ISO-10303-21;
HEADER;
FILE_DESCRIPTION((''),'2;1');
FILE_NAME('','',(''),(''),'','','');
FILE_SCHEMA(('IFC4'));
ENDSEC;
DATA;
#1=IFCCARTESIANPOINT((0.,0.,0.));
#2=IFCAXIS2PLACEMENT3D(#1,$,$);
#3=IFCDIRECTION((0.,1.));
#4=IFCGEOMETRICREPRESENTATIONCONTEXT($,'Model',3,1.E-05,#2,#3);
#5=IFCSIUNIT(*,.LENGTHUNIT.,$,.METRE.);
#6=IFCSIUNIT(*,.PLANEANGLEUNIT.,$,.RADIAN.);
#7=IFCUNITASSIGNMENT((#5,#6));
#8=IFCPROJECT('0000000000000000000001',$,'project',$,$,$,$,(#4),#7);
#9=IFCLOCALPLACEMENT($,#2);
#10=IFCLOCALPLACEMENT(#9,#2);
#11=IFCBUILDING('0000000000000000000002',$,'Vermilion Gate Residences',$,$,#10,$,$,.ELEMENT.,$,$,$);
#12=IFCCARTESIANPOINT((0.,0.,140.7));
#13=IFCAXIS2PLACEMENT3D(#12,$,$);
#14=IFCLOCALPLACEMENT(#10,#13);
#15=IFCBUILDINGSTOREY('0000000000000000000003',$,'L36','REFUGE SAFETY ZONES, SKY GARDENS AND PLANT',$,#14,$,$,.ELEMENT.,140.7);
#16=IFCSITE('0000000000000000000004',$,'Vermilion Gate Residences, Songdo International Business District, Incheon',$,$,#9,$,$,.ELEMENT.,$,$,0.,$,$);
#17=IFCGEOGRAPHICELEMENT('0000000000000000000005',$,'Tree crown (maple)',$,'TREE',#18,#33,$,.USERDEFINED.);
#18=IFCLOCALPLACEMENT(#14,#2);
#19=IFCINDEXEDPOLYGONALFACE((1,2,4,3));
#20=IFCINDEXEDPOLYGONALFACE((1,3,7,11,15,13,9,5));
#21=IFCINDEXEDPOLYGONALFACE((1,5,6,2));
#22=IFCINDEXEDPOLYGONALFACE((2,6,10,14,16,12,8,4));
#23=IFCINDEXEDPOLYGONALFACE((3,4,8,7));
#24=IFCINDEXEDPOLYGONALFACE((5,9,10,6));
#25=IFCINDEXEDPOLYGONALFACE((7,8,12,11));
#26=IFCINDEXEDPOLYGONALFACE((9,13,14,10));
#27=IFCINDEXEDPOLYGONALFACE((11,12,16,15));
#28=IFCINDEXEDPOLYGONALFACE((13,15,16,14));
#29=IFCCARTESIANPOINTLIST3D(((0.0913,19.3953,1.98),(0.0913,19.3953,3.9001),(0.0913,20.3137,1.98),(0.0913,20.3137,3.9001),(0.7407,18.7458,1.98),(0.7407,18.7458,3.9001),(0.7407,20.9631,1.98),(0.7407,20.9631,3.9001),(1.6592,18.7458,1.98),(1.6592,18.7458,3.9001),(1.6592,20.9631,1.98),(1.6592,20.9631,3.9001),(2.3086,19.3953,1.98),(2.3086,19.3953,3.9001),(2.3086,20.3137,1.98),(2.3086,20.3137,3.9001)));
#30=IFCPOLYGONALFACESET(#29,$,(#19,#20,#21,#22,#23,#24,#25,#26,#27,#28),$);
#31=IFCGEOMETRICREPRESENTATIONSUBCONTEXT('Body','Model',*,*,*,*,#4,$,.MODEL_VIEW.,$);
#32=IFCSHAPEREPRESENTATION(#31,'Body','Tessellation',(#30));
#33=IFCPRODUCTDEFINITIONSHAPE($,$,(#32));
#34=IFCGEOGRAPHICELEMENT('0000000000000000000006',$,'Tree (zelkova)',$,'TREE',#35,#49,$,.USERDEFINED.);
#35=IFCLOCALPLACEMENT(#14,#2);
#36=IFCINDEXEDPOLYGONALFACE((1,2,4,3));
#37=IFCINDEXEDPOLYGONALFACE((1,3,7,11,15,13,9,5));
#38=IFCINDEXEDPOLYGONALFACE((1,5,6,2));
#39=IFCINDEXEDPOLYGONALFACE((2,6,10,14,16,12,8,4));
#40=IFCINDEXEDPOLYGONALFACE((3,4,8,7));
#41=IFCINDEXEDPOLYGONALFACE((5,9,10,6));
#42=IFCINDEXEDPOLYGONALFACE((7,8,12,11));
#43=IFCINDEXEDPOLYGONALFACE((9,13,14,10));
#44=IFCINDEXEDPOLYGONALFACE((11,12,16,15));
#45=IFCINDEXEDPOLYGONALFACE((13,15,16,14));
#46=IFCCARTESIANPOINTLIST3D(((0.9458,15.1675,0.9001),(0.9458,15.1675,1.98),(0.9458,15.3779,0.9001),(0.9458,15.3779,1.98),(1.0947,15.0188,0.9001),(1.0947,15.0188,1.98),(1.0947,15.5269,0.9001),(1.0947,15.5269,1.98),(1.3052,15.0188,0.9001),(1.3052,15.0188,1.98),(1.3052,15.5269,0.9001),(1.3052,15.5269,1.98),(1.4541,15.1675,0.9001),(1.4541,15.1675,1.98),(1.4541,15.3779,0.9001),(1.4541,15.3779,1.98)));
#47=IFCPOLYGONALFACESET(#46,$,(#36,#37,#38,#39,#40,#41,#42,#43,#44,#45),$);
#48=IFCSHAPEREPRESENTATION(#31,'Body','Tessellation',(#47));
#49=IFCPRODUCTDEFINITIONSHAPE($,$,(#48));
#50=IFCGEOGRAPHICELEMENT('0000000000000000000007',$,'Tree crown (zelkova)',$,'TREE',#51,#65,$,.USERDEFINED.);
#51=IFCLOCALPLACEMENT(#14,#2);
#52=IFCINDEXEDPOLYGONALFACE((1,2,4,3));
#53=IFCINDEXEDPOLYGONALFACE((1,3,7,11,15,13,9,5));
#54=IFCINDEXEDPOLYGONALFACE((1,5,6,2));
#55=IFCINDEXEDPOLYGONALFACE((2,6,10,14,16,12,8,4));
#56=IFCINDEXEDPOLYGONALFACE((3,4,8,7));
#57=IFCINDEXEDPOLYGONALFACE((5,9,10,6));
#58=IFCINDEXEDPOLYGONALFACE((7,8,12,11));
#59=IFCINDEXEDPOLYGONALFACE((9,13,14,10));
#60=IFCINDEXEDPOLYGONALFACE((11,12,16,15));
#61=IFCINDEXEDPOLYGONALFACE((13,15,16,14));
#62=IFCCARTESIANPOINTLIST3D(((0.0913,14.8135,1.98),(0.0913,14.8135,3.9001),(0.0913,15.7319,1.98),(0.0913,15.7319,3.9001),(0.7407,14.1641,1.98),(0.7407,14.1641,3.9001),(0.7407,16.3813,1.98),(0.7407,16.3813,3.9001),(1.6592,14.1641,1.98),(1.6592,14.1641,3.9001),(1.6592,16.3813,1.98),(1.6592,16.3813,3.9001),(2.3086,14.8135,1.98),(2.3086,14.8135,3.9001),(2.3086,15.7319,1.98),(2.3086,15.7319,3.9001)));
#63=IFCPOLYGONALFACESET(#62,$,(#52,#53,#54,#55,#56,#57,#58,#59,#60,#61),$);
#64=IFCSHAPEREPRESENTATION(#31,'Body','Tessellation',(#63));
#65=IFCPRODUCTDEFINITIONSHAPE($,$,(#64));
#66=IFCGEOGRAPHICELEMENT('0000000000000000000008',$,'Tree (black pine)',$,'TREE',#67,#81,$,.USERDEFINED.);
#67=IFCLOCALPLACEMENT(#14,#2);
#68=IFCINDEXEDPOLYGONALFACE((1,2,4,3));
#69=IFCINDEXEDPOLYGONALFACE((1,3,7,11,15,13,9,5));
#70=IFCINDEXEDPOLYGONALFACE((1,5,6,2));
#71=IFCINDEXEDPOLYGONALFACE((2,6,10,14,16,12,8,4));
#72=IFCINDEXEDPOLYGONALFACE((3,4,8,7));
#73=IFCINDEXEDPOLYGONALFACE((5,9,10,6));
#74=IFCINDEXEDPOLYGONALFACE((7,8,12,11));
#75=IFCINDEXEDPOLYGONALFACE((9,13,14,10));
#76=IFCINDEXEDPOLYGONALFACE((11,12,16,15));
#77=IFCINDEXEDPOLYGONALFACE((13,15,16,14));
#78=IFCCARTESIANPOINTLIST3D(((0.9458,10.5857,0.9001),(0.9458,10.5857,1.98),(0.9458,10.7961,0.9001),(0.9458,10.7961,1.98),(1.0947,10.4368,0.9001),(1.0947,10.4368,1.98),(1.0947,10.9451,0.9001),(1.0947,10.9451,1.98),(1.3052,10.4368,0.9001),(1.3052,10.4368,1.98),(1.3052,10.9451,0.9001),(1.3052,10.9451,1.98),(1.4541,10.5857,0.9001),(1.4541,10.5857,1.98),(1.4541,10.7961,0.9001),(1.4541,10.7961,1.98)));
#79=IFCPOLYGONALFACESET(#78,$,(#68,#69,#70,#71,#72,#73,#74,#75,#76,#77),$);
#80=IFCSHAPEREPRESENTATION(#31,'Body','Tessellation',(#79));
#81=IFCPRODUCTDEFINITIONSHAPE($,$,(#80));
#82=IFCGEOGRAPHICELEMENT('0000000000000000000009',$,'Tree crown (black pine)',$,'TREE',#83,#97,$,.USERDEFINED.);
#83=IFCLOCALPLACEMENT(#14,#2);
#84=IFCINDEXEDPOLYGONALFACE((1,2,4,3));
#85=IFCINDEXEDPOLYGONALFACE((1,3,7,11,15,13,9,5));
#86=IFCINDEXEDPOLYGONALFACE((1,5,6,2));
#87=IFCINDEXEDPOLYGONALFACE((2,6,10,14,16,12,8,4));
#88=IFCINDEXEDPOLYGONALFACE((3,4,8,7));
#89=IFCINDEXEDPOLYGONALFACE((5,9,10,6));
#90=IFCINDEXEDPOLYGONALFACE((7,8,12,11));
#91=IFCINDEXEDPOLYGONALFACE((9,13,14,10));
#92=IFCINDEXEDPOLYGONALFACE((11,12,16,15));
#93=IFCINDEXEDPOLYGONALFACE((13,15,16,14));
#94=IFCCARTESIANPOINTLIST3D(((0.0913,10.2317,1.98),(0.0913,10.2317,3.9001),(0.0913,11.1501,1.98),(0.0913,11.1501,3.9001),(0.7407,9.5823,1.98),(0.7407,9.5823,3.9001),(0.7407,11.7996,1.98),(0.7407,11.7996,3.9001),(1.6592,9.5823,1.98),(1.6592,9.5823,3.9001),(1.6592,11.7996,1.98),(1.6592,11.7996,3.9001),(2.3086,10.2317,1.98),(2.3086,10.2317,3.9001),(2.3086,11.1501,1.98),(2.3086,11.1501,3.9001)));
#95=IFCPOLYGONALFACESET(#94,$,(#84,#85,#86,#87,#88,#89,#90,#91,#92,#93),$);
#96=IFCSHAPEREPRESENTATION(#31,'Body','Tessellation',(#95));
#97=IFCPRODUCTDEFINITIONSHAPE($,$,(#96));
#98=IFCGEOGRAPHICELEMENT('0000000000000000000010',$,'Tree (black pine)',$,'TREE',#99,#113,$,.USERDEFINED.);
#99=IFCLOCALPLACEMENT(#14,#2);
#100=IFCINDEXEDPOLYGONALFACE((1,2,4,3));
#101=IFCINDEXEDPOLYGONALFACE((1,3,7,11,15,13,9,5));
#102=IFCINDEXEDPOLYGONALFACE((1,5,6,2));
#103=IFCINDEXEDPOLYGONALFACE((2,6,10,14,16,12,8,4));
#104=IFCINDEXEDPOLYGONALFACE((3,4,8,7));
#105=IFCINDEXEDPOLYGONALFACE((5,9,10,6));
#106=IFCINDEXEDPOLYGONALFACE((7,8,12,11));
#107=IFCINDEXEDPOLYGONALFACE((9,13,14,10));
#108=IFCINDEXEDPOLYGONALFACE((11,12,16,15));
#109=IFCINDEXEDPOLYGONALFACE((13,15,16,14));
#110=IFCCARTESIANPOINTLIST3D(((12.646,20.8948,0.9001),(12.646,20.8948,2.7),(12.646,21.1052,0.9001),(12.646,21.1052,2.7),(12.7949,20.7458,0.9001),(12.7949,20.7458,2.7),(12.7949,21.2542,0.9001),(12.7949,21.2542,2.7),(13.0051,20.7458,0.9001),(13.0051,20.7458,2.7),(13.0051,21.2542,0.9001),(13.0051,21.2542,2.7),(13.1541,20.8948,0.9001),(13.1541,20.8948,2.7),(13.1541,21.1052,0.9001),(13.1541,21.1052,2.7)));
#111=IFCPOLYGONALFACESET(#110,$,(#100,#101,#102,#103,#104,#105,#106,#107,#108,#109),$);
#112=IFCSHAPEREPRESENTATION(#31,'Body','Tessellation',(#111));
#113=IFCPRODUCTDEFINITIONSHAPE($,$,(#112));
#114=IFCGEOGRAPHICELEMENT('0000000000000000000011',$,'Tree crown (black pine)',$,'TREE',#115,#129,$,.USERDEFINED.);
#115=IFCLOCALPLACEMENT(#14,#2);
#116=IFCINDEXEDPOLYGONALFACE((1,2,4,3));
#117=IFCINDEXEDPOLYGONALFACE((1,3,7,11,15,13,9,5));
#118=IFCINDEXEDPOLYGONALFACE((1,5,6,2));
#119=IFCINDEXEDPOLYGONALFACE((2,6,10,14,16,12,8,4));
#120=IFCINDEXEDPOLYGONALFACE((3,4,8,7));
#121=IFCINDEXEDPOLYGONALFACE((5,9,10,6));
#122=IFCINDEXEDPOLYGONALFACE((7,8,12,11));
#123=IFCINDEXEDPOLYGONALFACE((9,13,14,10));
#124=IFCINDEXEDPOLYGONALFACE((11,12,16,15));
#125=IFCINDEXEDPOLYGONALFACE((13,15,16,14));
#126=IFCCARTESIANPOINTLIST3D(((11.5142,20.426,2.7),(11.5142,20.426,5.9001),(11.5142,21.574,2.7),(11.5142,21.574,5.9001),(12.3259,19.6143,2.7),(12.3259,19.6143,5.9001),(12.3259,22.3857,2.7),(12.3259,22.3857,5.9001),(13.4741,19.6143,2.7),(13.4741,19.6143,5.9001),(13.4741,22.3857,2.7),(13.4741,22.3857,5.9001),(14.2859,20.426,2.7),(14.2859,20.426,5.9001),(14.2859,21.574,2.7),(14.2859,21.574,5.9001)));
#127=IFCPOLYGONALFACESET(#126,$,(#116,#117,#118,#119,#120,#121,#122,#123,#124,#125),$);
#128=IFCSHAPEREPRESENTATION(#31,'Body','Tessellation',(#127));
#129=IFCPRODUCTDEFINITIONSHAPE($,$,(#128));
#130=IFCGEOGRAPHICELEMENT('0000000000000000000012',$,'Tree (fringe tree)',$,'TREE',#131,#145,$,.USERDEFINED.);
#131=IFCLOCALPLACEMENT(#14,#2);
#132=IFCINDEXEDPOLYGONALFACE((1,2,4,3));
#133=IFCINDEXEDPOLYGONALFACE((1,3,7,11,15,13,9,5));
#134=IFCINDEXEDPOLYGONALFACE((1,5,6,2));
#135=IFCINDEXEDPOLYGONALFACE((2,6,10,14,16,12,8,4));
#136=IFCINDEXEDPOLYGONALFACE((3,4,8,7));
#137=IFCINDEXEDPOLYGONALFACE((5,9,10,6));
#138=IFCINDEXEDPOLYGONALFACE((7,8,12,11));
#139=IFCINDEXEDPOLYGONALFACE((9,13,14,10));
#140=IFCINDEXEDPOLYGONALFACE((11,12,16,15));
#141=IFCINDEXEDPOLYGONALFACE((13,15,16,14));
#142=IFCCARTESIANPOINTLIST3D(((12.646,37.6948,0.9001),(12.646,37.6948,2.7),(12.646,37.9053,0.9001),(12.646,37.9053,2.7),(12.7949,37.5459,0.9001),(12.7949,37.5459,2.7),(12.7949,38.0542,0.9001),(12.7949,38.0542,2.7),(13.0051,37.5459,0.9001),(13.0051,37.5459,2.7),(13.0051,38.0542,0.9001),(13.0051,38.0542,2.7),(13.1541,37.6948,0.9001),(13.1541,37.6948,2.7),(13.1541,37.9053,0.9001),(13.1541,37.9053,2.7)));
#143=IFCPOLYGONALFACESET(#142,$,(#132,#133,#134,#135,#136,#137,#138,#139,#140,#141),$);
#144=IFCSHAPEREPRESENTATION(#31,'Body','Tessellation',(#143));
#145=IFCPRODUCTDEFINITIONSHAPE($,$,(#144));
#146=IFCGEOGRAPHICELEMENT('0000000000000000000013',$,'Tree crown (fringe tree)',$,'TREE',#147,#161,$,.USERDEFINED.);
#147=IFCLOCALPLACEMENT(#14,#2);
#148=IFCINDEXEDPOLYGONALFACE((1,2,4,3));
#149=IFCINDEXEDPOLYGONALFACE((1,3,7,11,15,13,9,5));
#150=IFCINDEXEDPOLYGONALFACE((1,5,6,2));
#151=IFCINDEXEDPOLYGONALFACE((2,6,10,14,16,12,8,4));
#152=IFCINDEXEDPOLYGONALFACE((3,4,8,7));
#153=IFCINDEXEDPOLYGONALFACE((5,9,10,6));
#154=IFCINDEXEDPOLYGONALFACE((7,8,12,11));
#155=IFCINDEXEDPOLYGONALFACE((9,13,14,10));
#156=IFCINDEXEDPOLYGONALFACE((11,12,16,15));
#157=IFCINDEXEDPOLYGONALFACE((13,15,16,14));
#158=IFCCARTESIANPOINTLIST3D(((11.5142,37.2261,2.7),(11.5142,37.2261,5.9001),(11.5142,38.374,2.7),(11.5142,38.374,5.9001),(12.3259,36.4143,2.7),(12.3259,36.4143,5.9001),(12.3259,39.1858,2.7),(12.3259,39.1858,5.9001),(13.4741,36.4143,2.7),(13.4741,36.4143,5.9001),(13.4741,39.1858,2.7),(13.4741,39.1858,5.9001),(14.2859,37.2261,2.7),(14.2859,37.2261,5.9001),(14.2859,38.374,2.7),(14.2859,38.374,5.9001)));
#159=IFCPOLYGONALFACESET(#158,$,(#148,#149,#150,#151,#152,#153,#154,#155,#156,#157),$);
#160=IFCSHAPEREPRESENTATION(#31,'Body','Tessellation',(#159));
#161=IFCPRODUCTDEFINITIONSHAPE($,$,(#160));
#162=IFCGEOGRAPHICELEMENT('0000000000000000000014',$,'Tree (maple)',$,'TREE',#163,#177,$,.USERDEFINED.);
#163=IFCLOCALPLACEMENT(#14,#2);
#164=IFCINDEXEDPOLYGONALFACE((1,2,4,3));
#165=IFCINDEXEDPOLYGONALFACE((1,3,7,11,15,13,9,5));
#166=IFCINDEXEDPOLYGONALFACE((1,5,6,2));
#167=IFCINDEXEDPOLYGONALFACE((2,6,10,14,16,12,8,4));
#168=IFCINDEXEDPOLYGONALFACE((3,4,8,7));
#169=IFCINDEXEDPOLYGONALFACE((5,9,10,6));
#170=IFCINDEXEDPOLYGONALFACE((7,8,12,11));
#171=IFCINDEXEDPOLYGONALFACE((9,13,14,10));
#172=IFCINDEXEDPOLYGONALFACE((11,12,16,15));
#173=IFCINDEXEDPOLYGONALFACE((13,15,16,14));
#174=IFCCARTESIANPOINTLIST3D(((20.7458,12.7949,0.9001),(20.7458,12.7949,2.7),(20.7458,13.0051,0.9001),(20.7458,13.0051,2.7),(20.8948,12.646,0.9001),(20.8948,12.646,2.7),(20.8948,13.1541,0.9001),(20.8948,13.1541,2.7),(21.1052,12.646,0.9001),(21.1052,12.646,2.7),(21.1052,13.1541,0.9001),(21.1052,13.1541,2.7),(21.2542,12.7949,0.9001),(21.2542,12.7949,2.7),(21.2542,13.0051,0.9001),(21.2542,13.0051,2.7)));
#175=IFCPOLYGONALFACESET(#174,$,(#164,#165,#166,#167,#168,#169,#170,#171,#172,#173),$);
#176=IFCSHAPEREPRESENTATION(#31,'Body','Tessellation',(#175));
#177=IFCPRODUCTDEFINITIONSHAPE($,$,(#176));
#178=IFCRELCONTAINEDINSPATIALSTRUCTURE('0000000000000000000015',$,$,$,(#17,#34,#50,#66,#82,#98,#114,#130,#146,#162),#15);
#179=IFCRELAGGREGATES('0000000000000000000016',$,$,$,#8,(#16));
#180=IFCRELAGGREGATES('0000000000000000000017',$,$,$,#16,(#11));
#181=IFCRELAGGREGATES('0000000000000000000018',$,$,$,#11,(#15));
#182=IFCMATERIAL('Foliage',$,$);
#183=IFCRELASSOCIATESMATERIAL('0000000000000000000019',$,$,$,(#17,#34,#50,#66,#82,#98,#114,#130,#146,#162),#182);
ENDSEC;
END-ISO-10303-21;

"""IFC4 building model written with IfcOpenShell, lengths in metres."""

from ifc_helpers import new_model, si_unit, direction, frame, origin, place, context, subcontext, project, spatial, polyline, outline, extrude, material, element, save


model = new_model("IFC4")

# Units and contexts
model_context = context("Model", 3, precision=1e-05, world=origin(), true_north=direction((0.0, 1.0)))
body_context = subcontext(model_context, "Body", "Model", "MODEL_VIEW")
ifc_project = project(units=[si_unit("LENGTHUNIT", "METRE"), si_unit("PLANEANGLEUNIT", "RADIAN")], contexts=[model_context])

# Site, building, storey
site_placement = place(None, origin())
site = spatial("IfcSite", under=ifc_project, at=site_placement, Name="Vermilion Gate Residences, Songdo International Business District, Incheon", CompositionType="ELEMENT", RefElevation=0.0)
building_placement = place(site_placement, origin())
building = spatial("IfcBuilding", under=site, at=building_placement, Name="Vermilion Gate Residences", CompositionType="ELEMENT")
storey_placement = place(building_placement, frame((0.0, 0.0, 140.7)))
storey = spatial("IfcBuildingStorey", under=building, at=storey_placement, Name="L36", Description="REFUGE SAFETY ZONES, SKY GARDENS AND PLANT", CompositionType="ELEMENT", Elevation=140.7)

# Geographic elements
ifc_material_1 = material(Name="Foliage")
geographic_element_1_placement = place(storey_placement, frame((0.0, 0.0, 1.98)))
element("IfcGeographicElement", 1, at=geographic_element_1_placement, inside=storey, material=ifc_material_1, Name="Tree crown (maple)", ObjectType="TREE", PredefinedType="USERDEFINED", context=body_context, shape_type="SweptSolid", body=[
    extrude(outline(polyline([(2.3086, 20.3137), (1.6592, 20.9631), (0.7407, 20.9631), (0.0913, 20.3137), (0.0913, 19.3953), (0.7407, 18.7458), (1.6592, 18.7458), (2.3086, 19.3953), (2.3086, 20.3137)])), origin(), (0.0, 0.0, 1.0), 1.9202),
])
geographic_element_2_placement = place(storey_placement, frame((0.0, 0.0, 0.9001)))
element("IfcGeographicElement", 2, at=geographic_element_2_placement, inside=storey, material=ifc_material_1, Name="Tree (zelkova)", ObjectType="TREE", PredefinedType="USERDEFINED", context=body_context, shape_type="SweptSolid", body=[
    extrude(outline(polyline([(1.4541, 15.3779), (1.3052, 15.5269), (1.0947, 15.5269), (0.9458, 15.3779), (0.9458, 15.1675), (1.0947, 15.0188), (1.3052, 15.0188), (1.4541, 15.1675), (1.4541, 15.3779)])), origin(), (0.0, 0.0, 1.0), 1.0798),
])
geographic_element_3_placement = place(storey_placement, frame((0.0, 0.0, 1.98)))
element("IfcGeographicElement", 3, at=geographic_element_3_placement, inside=storey, material=ifc_material_1, Name="Tree crown (zelkova)", ObjectType="TREE", PredefinedType="USERDEFINED", context=body_context, shape_type="SweptSolid", body=[
    extrude(outline(polyline([(2.3086, 15.7319), (1.6592, 16.3813), (0.7407, 16.3813), (0.0913, 15.7319), (0.0913, 14.8135), (0.7407, 14.1641), (1.6592, 14.1641), (2.3086, 14.8135), (2.3086, 15.7319)])), origin(), (0.0, 0.0, 1.0), 1.9202),
])
geographic_element_4_placement = place(storey_placement, frame((0.0, 0.0, 0.9001)))
element("IfcGeographicElement", 4, at=geographic_element_4_placement, inside=storey, material=ifc_material_1, Name="Tree (black pine)", ObjectType="TREE", PredefinedType="USERDEFINED", context=body_context, shape_type="SweptSolid", body=[
    extrude(outline(polyline([(1.4541, 10.7961), (1.3052, 10.9451), (1.0947, 10.9451), (0.9458, 10.7961), (0.9458, 10.5857), (1.0947, 10.4368), (1.3052, 10.4368), (1.4541, 10.5857), (1.4541, 10.7961)])), origin(), (0.0, 0.0, 1.0), 1.0798),
])
geographic_element_5_placement = place(storey_placement, frame((0.0, 0.0, 1.98)))
element("IfcGeographicElement", 5, at=geographic_element_5_placement, inside=storey, material=ifc_material_1, Name="Tree crown (black pine)", ObjectType="TREE", PredefinedType="USERDEFINED", context=body_context, shape_type="SweptSolid", body=[
    extrude(outline(polyline([(2.3086, 11.1501), (1.6592, 11.7996), (0.7407, 11.7996), (0.0913, 11.1501), (0.0913, 10.2317), (0.7407, 9.5823), (1.6592, 9.5823), (2.3086, 10.2317), (2.3086, 11.1501)])), origin(), (0.0, 0.0, 1.0), 1.9202),
])
geographic_element_6_placement = place(storey_placement, frame((0.0, 0.0, 0.9001)))
element("IfcGeographicElement", 6, at=geographic_element_6_placement, inside=storey, material=ifc_material_1, Name="Tree (black pine)", ObjectType="TREE", PredefinedType="USERDEFINED", context=body_context, shape_type="SweptSolid", body=[
    extrude(outline(polyline([(13.1541, 21.1052), (13.0051, 21.2542), (12.7949, 21.2542), (12.646, 21.1052), (12.646, 20.8948), (12.7949, 20.7458), (13.0051, 20.7458), (13.1541, 20.8948), (13.1541, 21.1052)])), origin(), (0.0, 0.0, 1.0), 1.7998),
])
geographic_element_7_placement = place(storey_placement, frame((0.0, 0.0, 2.7)))
element("IfcGeographicElement", 7, at=geographic_element_7_placement, inside=storey, material=ifc_material_1, Name="Tree crown (black pine)", ObjectType="TREE", PredefinedType="USERDEFINED", context=body_context, shape_type="SweptSolid", body=[
    extrude(outline(polyline([(14.2859, 21.574), (13.4741, 22.3857), (12.3259, 22.3857), (11.5142, 21.574), (11.5142, 20.426), (12.3259, 19.6143), (13.4741, 19.6143), (14.2859, 20.426), (14.2859, 21.574)])), origin(), (0.0, 0.0, 1.0), 3.2002),
])
geographic_element_8_placement = place(storey_placement, frame((0.0, 0.0, 0.9001)))
element("IfcGeographicElement", 8, at=geographic_element_8_placement, inside=storey, material=ifc_material_1, Name="Tree (fringe tree)", ObjectType="TREE", PredefinedType="USERDEFINED", context=body_context, shape_type="SweptSolid", body=[
    extrude(outline(polyline([(13.1541, 37.9053), (13.0051, 38.0542), (12.7949, 38.0542), (12.646, 37.9053), (12.646, 37.6948), (12.7949, 37.5459), (13.0051, 37.5459), (13.1541, 37.6948), (13.1541, 37.9053)])), origin(), (0.0, 0.0, 1.0), 1.7998),
])
geographic_element_9_placement = place(storey_placement, frame((0.0, 0.0, 2.7)))
element("IfcGeographicElement", 9, at=geographic_element_9_placement, inside=storey, material=ifc_material_1, Name="Tree crown (fringe tree)", ObjectType="TREE", PredefinedType="USERDEFINED", context=body_context, shape_type="SweptSolid", body=[
    extrude(outline(polyline([(14.2859, 38.374), (13.4741, 39.1858), (12.3259, 39.1858), (11.5142, 38.374), (11.5142, 37.2261), (12.3259, 36.4143), (13.4741, 36.4143), (14.2859, 37.2261), (14.2859, 38.374)])), origin(), (0.0, 0.0, 1.0), 3.2002),
])
geographic_element_10_placement = place(storey_placement, frame((0.0, 0.0, 0.9001)))
element("IfcGeographicElement", 10, at=geographic_element_10_placement, inside=storey, material=ifc_material_1, Name="Tree (maple)", ObjectType="TREE", PredefinedType="USERDEFINED", context=body_context, shape_type="SweptSolid", body=[
    extrude(outline(polyline([(21.2542, 13.0051), (21.1052, 13.1541), (20.8948, 13.1541), (20.7458, 13.0051), (20.7458, 12.7949), (20.8948, 12.646), (21.1052, 12.646), (21.2542, 12.7949), (21.2542, 13.0051)])), origin(), (0.0, 0.0, 1.0), 1.7998),
])

save(model, "model.ifc")
